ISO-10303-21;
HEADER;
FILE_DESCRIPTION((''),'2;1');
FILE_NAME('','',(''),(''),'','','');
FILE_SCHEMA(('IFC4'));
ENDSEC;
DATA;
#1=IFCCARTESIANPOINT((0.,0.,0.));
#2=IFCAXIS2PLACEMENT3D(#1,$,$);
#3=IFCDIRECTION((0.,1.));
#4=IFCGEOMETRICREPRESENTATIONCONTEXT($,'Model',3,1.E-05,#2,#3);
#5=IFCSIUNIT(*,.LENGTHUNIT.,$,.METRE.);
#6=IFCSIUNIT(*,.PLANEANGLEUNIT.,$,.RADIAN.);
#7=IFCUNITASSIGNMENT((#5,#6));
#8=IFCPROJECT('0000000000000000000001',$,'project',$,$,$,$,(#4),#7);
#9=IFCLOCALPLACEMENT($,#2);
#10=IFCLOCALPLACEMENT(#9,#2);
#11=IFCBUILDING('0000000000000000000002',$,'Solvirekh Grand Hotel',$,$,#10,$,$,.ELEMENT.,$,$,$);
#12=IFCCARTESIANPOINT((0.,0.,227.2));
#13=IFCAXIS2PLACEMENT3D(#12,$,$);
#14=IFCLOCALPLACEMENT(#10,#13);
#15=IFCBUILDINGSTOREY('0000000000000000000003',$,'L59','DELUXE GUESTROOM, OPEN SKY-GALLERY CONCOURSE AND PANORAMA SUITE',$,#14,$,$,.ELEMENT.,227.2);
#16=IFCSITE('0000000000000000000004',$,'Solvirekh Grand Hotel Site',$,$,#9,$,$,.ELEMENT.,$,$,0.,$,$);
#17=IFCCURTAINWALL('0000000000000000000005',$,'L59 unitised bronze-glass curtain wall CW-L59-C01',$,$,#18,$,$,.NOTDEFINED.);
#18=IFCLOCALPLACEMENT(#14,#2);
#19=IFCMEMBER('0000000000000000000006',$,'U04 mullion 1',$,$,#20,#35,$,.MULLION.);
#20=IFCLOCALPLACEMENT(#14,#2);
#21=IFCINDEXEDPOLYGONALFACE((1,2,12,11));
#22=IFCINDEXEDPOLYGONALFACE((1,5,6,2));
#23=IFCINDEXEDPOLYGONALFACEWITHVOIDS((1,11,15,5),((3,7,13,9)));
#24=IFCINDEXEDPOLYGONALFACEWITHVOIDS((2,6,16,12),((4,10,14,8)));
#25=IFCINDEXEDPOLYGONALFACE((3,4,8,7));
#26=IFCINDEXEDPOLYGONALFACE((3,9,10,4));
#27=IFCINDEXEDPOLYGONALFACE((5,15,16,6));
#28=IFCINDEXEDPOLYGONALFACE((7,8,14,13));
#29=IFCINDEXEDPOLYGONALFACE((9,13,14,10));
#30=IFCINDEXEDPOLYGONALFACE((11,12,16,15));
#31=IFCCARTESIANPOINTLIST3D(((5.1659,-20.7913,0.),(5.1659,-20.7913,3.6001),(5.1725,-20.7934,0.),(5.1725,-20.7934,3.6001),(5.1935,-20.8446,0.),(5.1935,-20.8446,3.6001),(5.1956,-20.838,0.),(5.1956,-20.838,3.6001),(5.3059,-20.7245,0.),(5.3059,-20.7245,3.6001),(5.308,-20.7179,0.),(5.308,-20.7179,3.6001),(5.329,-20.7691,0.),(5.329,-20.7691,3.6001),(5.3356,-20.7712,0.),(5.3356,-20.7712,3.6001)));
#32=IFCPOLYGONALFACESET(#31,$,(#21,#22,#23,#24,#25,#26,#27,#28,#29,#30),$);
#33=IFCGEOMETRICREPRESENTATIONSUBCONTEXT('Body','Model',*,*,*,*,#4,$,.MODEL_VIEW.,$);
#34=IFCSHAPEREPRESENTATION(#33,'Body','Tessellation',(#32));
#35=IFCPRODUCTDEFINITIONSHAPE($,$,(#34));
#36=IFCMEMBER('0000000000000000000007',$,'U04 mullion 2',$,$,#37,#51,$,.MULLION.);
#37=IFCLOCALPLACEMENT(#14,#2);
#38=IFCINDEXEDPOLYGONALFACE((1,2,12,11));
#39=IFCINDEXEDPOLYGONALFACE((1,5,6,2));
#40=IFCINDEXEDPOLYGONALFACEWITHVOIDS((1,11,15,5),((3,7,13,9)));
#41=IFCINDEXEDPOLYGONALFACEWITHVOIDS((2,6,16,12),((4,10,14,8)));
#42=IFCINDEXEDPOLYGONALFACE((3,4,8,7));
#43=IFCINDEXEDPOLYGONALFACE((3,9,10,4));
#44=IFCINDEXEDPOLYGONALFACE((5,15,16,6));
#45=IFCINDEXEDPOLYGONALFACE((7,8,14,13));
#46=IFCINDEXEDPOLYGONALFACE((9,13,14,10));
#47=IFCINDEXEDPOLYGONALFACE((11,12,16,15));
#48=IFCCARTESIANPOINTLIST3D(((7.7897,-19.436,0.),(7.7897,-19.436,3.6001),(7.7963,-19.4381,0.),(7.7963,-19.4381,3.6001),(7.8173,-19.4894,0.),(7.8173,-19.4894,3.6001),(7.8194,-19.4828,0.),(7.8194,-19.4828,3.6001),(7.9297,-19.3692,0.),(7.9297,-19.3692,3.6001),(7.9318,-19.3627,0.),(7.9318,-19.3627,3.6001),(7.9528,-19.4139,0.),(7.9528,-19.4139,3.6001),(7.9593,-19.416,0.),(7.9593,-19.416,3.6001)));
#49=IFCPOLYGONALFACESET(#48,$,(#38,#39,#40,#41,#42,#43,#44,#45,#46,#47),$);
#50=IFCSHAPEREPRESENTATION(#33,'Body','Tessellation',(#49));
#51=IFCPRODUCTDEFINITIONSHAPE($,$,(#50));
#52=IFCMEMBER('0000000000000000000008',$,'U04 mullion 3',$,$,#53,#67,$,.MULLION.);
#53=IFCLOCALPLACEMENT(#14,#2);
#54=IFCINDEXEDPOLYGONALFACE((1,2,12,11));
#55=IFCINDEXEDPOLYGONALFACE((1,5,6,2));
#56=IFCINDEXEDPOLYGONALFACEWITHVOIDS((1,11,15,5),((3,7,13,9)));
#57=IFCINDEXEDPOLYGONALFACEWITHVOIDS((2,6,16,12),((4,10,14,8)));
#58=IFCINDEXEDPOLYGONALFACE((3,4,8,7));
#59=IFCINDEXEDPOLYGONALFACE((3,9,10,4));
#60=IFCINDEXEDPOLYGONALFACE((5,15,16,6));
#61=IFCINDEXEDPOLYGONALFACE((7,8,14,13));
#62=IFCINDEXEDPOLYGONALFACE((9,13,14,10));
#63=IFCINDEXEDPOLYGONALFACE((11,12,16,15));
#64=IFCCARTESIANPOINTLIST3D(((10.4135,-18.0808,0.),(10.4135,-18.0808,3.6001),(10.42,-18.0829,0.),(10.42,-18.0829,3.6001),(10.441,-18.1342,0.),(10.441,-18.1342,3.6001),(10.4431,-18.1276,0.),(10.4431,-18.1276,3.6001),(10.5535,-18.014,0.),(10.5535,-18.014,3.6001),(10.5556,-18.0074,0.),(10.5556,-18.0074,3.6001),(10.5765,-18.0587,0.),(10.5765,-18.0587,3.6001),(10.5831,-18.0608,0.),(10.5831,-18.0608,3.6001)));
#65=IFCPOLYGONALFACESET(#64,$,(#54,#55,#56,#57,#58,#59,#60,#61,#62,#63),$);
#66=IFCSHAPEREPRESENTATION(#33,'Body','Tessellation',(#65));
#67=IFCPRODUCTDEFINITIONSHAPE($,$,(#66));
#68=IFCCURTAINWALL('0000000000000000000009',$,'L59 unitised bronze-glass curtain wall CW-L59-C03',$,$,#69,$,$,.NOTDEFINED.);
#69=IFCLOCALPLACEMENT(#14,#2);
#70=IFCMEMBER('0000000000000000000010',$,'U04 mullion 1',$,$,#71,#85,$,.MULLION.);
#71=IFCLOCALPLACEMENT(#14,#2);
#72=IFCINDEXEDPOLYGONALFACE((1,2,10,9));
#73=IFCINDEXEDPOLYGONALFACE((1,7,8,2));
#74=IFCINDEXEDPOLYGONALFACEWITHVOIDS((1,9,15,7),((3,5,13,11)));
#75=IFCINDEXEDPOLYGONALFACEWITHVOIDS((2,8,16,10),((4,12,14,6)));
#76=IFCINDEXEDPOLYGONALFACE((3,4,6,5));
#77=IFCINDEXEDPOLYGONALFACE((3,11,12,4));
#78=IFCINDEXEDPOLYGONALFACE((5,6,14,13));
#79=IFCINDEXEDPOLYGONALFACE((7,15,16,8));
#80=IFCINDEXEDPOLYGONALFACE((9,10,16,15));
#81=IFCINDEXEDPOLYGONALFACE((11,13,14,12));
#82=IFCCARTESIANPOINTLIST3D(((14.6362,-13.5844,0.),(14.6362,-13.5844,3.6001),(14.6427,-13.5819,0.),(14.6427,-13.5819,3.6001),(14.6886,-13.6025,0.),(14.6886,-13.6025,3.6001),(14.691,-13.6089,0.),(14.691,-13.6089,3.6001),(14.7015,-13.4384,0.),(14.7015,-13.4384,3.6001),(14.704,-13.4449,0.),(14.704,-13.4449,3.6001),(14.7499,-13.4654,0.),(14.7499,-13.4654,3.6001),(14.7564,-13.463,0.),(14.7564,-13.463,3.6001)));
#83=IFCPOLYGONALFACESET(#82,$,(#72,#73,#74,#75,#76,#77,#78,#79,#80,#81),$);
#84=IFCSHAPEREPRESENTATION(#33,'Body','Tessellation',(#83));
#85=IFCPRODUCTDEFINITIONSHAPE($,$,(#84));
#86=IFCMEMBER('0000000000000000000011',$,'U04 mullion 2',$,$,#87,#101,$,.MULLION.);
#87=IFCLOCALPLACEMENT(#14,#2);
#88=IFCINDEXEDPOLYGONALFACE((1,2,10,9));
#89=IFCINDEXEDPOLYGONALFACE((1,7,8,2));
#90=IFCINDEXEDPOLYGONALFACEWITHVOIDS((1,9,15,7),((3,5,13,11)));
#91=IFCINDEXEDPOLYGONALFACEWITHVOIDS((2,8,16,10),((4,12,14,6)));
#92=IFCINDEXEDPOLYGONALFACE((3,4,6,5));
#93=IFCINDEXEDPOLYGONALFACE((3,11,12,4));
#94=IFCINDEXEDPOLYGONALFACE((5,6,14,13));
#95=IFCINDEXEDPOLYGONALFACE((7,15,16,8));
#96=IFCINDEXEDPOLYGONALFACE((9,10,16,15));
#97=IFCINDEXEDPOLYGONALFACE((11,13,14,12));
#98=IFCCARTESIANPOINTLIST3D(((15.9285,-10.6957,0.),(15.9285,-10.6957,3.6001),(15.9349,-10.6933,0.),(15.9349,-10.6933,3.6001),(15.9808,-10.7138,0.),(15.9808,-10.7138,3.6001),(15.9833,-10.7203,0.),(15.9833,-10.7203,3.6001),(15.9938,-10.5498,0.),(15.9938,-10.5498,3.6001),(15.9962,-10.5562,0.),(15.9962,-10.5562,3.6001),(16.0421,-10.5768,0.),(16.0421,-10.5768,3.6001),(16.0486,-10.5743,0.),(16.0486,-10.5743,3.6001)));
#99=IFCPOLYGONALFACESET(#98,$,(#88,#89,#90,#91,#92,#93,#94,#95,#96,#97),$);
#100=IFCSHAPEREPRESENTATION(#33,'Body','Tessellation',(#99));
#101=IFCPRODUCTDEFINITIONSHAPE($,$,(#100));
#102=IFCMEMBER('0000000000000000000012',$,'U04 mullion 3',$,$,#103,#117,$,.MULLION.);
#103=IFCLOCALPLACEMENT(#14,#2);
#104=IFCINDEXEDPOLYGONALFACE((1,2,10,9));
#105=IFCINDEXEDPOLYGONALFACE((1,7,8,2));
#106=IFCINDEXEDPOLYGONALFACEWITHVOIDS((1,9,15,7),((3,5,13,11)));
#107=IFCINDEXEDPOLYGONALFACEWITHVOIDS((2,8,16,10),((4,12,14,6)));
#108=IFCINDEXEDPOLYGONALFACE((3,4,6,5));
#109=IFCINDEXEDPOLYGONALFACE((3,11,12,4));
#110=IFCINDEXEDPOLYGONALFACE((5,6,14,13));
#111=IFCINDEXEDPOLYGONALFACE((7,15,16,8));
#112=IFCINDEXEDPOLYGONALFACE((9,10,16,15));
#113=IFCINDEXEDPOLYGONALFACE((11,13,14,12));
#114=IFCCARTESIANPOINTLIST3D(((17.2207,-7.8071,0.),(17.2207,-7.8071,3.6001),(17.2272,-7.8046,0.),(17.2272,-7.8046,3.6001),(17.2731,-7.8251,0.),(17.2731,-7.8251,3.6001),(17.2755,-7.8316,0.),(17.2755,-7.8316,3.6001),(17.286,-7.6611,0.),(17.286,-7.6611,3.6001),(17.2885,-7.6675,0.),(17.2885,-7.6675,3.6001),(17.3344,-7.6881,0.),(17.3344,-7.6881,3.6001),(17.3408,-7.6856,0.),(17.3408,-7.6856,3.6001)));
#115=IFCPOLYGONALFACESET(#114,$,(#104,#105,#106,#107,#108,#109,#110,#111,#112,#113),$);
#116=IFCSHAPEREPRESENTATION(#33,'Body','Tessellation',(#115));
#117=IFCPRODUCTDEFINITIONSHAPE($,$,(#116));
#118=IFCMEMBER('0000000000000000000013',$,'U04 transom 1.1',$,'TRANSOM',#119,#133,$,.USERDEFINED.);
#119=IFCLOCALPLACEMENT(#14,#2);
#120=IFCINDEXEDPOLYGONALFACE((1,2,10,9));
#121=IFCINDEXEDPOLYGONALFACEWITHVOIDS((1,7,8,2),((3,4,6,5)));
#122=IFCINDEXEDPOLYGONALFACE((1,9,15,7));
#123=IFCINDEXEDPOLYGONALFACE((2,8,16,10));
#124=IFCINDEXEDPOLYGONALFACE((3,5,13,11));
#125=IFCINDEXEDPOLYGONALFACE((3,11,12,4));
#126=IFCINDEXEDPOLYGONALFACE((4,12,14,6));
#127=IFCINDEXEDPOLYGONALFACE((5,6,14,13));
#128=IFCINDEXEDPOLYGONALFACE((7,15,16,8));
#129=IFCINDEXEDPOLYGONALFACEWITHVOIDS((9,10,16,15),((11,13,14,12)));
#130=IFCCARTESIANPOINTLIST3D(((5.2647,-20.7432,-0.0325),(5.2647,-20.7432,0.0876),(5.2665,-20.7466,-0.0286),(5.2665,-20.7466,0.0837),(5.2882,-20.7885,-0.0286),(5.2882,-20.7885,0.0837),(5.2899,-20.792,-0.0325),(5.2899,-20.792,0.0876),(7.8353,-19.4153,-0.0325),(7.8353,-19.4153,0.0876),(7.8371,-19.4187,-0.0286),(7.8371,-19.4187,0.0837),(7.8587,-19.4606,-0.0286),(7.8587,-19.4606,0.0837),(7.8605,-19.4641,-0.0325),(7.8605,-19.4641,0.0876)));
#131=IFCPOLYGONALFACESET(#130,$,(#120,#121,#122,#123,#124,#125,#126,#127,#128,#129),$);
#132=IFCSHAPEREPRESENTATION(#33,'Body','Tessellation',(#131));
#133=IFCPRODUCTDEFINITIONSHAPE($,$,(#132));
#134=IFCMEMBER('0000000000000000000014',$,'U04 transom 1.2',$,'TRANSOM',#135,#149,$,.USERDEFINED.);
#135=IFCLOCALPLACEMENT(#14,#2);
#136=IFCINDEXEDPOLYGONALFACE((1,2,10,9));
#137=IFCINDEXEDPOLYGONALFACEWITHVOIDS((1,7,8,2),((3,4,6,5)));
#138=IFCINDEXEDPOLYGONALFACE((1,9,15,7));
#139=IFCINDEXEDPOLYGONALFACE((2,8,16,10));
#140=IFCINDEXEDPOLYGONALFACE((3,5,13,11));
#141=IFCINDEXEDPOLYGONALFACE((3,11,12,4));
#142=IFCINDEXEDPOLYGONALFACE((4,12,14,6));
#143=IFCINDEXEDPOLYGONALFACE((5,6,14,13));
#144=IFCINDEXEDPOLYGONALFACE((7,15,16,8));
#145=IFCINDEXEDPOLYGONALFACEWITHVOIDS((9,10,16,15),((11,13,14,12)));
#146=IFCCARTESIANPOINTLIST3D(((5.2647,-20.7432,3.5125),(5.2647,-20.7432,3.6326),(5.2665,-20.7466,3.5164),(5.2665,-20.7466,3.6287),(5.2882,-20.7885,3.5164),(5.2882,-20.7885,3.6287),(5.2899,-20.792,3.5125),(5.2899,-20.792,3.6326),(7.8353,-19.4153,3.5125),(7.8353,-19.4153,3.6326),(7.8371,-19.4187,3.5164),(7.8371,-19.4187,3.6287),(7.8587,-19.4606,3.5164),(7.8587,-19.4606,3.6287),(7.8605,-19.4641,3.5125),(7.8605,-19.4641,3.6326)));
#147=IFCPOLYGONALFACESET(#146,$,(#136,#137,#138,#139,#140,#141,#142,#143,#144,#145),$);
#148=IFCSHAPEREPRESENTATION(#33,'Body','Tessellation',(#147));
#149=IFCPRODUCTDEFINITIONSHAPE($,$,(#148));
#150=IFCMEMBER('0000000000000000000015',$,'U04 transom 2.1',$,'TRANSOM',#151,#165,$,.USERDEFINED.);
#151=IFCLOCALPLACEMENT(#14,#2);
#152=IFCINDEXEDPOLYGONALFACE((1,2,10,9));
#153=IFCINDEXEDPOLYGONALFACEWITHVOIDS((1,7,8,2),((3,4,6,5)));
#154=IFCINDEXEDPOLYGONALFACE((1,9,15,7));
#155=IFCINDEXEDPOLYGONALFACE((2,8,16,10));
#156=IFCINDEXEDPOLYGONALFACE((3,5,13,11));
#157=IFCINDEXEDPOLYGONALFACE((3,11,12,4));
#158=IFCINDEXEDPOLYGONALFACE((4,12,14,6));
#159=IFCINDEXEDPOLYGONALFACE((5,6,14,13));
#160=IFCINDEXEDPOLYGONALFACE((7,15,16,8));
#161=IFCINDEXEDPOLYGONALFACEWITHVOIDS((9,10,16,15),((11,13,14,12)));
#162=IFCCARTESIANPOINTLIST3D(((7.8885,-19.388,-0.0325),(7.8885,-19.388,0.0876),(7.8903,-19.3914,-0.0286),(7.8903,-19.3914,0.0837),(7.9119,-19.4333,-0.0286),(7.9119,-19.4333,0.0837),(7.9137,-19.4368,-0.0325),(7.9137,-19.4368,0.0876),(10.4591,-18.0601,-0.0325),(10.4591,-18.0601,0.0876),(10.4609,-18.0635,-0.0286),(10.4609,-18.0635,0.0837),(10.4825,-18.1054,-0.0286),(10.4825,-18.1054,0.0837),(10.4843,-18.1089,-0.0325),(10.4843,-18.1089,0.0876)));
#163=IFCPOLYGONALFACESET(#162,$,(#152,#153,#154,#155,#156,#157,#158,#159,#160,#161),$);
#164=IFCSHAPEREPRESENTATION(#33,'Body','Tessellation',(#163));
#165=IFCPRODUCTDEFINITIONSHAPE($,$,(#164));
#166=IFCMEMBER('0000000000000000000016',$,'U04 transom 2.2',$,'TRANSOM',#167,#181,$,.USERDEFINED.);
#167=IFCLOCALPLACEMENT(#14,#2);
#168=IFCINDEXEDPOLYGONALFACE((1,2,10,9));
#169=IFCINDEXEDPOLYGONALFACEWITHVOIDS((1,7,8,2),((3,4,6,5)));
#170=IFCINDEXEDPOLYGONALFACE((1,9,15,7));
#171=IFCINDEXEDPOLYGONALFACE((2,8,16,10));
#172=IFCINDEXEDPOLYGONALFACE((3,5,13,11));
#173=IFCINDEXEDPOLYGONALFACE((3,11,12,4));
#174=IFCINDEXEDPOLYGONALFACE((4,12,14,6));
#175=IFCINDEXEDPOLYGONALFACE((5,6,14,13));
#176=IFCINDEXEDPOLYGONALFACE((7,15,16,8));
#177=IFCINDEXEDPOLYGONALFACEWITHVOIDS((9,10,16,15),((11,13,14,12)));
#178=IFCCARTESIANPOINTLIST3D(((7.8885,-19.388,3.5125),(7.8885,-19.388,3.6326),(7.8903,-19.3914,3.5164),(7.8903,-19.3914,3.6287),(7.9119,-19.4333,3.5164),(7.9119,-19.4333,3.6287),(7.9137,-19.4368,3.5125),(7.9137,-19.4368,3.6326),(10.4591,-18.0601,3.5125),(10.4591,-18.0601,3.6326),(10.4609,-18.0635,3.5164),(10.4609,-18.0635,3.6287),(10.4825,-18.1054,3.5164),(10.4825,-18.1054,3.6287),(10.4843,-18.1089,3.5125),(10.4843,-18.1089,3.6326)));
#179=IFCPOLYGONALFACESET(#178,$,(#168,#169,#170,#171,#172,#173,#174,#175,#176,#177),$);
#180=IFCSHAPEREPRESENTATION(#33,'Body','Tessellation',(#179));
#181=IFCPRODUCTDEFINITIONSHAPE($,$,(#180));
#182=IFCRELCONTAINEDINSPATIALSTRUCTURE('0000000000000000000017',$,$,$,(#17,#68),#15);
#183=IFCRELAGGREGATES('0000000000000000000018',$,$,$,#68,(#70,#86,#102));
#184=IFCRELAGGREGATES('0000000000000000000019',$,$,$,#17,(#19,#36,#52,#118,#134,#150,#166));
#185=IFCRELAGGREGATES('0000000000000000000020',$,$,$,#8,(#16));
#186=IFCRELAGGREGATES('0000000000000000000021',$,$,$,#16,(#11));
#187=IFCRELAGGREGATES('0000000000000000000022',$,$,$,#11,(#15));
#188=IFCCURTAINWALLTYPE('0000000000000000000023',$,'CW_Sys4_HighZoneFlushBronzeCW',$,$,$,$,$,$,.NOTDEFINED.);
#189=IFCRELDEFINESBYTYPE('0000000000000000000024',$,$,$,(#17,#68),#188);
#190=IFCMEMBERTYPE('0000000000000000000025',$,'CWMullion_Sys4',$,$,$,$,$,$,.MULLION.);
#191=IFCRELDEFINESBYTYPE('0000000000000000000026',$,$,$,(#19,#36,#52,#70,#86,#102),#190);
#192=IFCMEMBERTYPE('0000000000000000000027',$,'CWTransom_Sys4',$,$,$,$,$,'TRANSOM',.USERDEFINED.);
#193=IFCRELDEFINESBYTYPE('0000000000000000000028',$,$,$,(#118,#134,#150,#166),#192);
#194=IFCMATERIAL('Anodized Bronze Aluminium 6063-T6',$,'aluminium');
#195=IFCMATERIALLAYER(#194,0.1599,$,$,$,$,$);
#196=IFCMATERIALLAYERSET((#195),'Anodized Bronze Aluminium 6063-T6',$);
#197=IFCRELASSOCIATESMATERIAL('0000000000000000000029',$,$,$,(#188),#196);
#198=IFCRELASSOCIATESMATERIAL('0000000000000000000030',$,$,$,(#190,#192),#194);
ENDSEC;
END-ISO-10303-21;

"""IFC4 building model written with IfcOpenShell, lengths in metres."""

from ifc_helpers import new_model, si_unit, direction, frame, origin, origin_2d, place, context, subcontext, project, spatial, hollow_rectangle, extrude, source, transform, mapped, material, layer, layer_set, material_profile, profile_set, type_object, element, aggregate, save


model = new_model("IFC4")

# Units and contexts
model_context = context("Model", 3, precision=1e-05, world=origin(), true_north=direction((0.0, 1.0)))
body_context = subcontext(model_context, "Body", "Model", "MODEL_VIEW")
ifc_project = project(units=[si_unit("LENGTHUNIT", "METRE"), si_unit("PLANEANGLEUNIT", "RADIAN")], contexts=[model_context])

# Site, building, storey
site_placement = place(None, origin())
site = spatial("IfcSite", under=ifc_project, at=site_placement, Name="Solvirekh Grand Hotel Site", CompositionType="ELEMENT", RefElevation=0.0)
building_placement = place(site_placement, origin())
building = spatial("IfcBuilding", under=site, at=building_placement, Name="Solvirekh Grand Hotel", CompositionType="ELEMENT")
storey_placement = place(building_placement, frame((0.0, 0.0, 227.2)))
storey = spatial("IfcBuildingStorey", under=building, at=storey_placement, Name="L59", Description="DELUXE GUESTROOM, OPEN SKY-GALLERY CONCOURSE AND PANORAMA SUITE", CompositionType="ELEMENT", Elevation=227.2)

# Curtain walls, members
ifc_material_1 = material(Name="Anodized Bronze Aluminium 6063-T6", Category="aluminium")
ifc_layer_1 = layer(ifc_material_1, 0.1599)
ifc_layer_set_1 = layer_set([ifc_layer_1], Name="Anodized Bronze Aluminium 6063-T6")
curtain_wall_type = type_object("IfcCurtainWallType", Name="CW_Sys4_HighZoneFlushBronzeCW", PredefinedType="NOTDEFINED", material=ifc_layer_set_1)
curtain_wall_1_placement = place(storey_placement, origin())
curtain_wall_1 = element("IfcCurtainWall", 1, at=curtain_wall_1_placement, inside=storey, type_object=curtain_wall_type, Name="L59 unitised bronze-glass curtain wall CW-L59-C01", PredefinedType="NOTDEFINED")
ifc_material_profile_1 = material_profile(ifc_material_1, hollow_rectangle(XDim=0.0601, YDim=0.1599, WallThickness=0.0049, at=origin_2d()), Name="ALU RHS 160X60X5")
ifc_profile_set_1 = profile_set([ifc_material_profile_1], Name="Anodized Bronze Aluminium 6063-T6")
member_type_1 = type_object("IfcMemberType", Name="CWMullion_Sys4", PredefinedType="MULLION", material=ifc_profile_set_1)
shared_shape_1 = source(origin(), body_context, "Body", "SweptSolid", [
    extrude(hollow_rectangle(XDim=0.0601, YDim=0.1599, WallThickness=0.0049, at=origin_2d()), origin(), (0.0, 0.0, 1.0), 3.6001),
])
member_1_placement = place(storey_placement, frame((5.2507, -20.7812, 0.0), z_axis=(0.0, 0.0, 1.0), x_axis=(-0.458908, 0.888484, 0.0)))
member_1 = element("IfcMember", 2, at=member_1_placement, type_object=member_type_1, Name="U04 mullion 1", PredefinedType="MULLION", context=body_context, shape_type="MappedRepresentation", body=[
    mapped(shared_shape_1, transform((0.0, 0.0, 0.0), x_axis=(1.0, 0.0, 0.0), y_axis=(0.0, 1.0, 0.0), z_axis=(0.0, 0.0, 1.0), scale=1.0)),
])
member_2_placement = place(storey_placement, frame((7.8745, -19.426, 0.0), z_axis=(0.0, 0.0, 1.0), x_axis=(-0.458908, 0.888484, 0.0)))
member_2 = element("IfcMember", 3, at=member_2_placement, type_object=member_type_1, Name="U04 mullion 2", PredefinedType="MULLION", context=body_context, shape_type="MappedRepresentation", body=[
    mapped(shared_shape_1, transform((0.0, 0.0, 0.0), x_axis=(1.0, 0.0, 0.0), y_axis=(0.0, 1.0, 0.0), z_axis=(0.0, 0.0, 1.0), scale=1.0)),
])
member_3_placement = place(storey_placement, frame((10.4983, -18.0708, 0.0), z_axis=(0.0, 0.0, 1.0), x_axis=(-0.458908, 0.888484, 0.0)))
member_3 = element("IfcMember", 4, at=member_3_placement, type_object=member_type_1, Name="U04 mullion 3", PredefinedType="MULLION", context=body_context, shape_type="MappedRepresentation", body=[
    mapped(shared_shape_1, transform((0.0, 0.0, 0.0), x_axis=(1.0, 0.0, 0.0), y_axis=(0.0, 1.0, 0.0), z_axis=(0.0, 0.0, 1.0), scale=1.0)),
])
curtain_wall_2_placement = place(storey_placement, origin())
curtain_wall_2 = element("IfcCurtainWall", 5, at=curtain_wall_2_placement, inside=storey, type_object=curtain_wall_type, Name="L59 unitised bronze-glass curtain wall CW-L59-C03", PredefinedType="NOTDEFINED")
member_4_placement = place(storey_placement, frame((14.6963, -13.5237, 0.0), z_axis=(0.0, 0.0, 1.0), x_axis=(-0.912821, 0.408359, 0.0)))
member_4 = element("IfcMember", 6, at=member_4_placement, type_object=member_type_1, Name="U04 mullion 1", PredefinedType="MULLION", context=body_context, shape_type="MappedRepresentation", body=[
    mapped(shared_shape_1, transform((0.0, 0.0, 0.0), x_axis=(1.0, 0.0, 0.0), y_axis=(0.0, 1.0, 0.0), z_axis=(0.0, 0.0, 1.0), scale=1.0)),
])
member_5_placement = place(storey_placement, frame((15.9885, -10.635, 0.0), z_axis=(0.0, 0.0, 1.0), x_axis=(-0.912821, 0.408359, 0.0)))
member_5 = element("IfcMember", 7, at=member_5_placement, type_object=member_type_1, Name="U04 mullion 2", PredefinedType="MULLION", context=body_context, shape_type="MappedRepresentation", body=[
    mapped(shared_shape_1, transform((0.0, 0.0, 0.0), x_axis=(1.0, 0.0, 0.0), y_axis=(0.0, 1.0, 0.0), z_axis=(0.0, 0.0, 1.0), scale=1.0)),
])
member_6_placement = place(storey_placement, frame((17.2808, -7.7463, 0.0), z_axis=(0.0, 0.0, 1.0), x_axis=(-0.912821, 0.408359, 0.0)))
member_6 = element("IfcMember", 8, at=member_6_placement, type_object=member_type_1, Name="U04 mullion 3", PredefinedType="MULLION", context=body_context, shape_type="MappedRepresentation", body=[
    mapped(shared_shape_1, transform((0.0, 0.0, 0.0), x_axis=(1.0, 0.0, 0.0), y_axis=(0.0, 1.0, 0.0), z_axis=(0.0, 0.0, 1.0), scale=1.0)),
])

# Members
ifc_material_profile_2 = material_profile(ifc_material_1, hollow_rectangle(XDim=0.0549, YDim=0.1201, WallThickness=0.0039, at=origin_2d()), Name="ALU RHS 120X55X4")
ifc_profile_set_2 = profile_set([ifc_material_profile_2], Name="Anodized Bronze Aluminium 6063-T6")
member_type_2 = type_object("IfcMemberType", Name="CWTransom_Sys4", ElementType="TRANSOM", PredefinedType="USERDEFINED", material=ifc_profile_set_2)
shared_shape_2 = source(origin(), body_context, "Body", "SweptSolid", [
    extrude(hollow_rectangle(XDim=0.0549, YDim=0.1201, WallThickness=0.0039, at=origin_2d()), origin(), (0.0, 0.0, 1.0), 2.8933),
])
member_7_placement = place(storey_placement, frame((5.2773, -20.7676, 0.0276), z_axis=(0.88846, 0.458955, 0.0), x_axis=(-0.458955, 0.88846, 0.0)))
member_7 = element("IfcMember", 9, at=member_7_placement, type_object=member_type_2, Name="U04 transom 1.1", ObjectType="TRANSOM", PredefinedType="USERDEFINED", context=body_context, shape_type="MappedRepresentation", body=[
    mapped(shared_shape_2, transform((0.0, 0.0, 0.0), x_axis=(1.0, 0.0, 0.0), y_axis=(0.0, 1.0, 0.0), z_axis=(0.0, 0.0, 1.0), scale=1.0)),
])
member_8_placement = place(storey_placement, frame((5.2773, -20.7676, 3.5725), z_axis=(0.88846, 0.458955, 0.0), x_axis=(-0.458955, 0.88846, 0.0)))
member_8 = element("IfcMember", 10, at=member_8_placement, type_object=member_type_2, Name="U04 transom 1.2", ObjectType="TRANSOM", PredefinedType="USERDEFINED", context=body_context, shape_type="MappedRepresentation", body=[
    mapped(shared_shape_2, transform((0.0, 0.0, 0.0), x_axis=(1.0, 0.0, 0.0), y_axis=(0.0, 1.0, 0.0), z_axis=(0.0, 0.0, 1.0), scale=1.0)),
])
member_9_placement = place(storey_placement, frame((7.9011, -19.4124, 0.0276), z_axis=(0.88846, 0.458955, 0.0), x_axis=(-0.458955, 0.88846, 0.0)))
member_9 = element("IfcMember", 11, at=member_9_placement, type_object=member_type_2, Name="U04 transom 2.1", ObjectType="TRANSOM", PredefinedType="USERDEFINED", context=body_context, shape_type="MappedRepresentation", body=[
    mapped(shared_shape_2, transform((0.0, 0.0, 0.0), x_axis=(1.0, 0.0, 0.0), y_axis=(0.0, 1.0, 0.0), z_axis=(0.0, 0.0, 1.0), scale=1.0)),
])
member_10_placement = place(storey_placement, frame((7.9011, -19.4124, 3.5725), z_axis=(0.88846, 0.458955, 0.0), x_axis=(-0.458955, 0.88846, 0.0)))
member_10 = element("IfcMember", 12, at=member_10_placement, type_object=member_type_2, Name="U04 transom 2.2", ObjectType="TRANSOM", PredefinedType="USERDEFINED", context=body_context, shape_type="MappedRepresentation", body=[
    mapped(shared_shape_2, transform((0.0, 0.0, 0.0), x_axis=(1.0, 0.0, 0.0), y_axis=(0.0, 1.0, 0.0), z_axis=(0.0, 0.0, 1.0), scale=1.0)),
])

aggregate(curtain_wall_2, [member_4, member_5, member_6])
aggregate(curtain_wall_1, [member_1, member_2, member_3, member_7, member_8, member_9, member_10])

save(model, "model.ifc")
